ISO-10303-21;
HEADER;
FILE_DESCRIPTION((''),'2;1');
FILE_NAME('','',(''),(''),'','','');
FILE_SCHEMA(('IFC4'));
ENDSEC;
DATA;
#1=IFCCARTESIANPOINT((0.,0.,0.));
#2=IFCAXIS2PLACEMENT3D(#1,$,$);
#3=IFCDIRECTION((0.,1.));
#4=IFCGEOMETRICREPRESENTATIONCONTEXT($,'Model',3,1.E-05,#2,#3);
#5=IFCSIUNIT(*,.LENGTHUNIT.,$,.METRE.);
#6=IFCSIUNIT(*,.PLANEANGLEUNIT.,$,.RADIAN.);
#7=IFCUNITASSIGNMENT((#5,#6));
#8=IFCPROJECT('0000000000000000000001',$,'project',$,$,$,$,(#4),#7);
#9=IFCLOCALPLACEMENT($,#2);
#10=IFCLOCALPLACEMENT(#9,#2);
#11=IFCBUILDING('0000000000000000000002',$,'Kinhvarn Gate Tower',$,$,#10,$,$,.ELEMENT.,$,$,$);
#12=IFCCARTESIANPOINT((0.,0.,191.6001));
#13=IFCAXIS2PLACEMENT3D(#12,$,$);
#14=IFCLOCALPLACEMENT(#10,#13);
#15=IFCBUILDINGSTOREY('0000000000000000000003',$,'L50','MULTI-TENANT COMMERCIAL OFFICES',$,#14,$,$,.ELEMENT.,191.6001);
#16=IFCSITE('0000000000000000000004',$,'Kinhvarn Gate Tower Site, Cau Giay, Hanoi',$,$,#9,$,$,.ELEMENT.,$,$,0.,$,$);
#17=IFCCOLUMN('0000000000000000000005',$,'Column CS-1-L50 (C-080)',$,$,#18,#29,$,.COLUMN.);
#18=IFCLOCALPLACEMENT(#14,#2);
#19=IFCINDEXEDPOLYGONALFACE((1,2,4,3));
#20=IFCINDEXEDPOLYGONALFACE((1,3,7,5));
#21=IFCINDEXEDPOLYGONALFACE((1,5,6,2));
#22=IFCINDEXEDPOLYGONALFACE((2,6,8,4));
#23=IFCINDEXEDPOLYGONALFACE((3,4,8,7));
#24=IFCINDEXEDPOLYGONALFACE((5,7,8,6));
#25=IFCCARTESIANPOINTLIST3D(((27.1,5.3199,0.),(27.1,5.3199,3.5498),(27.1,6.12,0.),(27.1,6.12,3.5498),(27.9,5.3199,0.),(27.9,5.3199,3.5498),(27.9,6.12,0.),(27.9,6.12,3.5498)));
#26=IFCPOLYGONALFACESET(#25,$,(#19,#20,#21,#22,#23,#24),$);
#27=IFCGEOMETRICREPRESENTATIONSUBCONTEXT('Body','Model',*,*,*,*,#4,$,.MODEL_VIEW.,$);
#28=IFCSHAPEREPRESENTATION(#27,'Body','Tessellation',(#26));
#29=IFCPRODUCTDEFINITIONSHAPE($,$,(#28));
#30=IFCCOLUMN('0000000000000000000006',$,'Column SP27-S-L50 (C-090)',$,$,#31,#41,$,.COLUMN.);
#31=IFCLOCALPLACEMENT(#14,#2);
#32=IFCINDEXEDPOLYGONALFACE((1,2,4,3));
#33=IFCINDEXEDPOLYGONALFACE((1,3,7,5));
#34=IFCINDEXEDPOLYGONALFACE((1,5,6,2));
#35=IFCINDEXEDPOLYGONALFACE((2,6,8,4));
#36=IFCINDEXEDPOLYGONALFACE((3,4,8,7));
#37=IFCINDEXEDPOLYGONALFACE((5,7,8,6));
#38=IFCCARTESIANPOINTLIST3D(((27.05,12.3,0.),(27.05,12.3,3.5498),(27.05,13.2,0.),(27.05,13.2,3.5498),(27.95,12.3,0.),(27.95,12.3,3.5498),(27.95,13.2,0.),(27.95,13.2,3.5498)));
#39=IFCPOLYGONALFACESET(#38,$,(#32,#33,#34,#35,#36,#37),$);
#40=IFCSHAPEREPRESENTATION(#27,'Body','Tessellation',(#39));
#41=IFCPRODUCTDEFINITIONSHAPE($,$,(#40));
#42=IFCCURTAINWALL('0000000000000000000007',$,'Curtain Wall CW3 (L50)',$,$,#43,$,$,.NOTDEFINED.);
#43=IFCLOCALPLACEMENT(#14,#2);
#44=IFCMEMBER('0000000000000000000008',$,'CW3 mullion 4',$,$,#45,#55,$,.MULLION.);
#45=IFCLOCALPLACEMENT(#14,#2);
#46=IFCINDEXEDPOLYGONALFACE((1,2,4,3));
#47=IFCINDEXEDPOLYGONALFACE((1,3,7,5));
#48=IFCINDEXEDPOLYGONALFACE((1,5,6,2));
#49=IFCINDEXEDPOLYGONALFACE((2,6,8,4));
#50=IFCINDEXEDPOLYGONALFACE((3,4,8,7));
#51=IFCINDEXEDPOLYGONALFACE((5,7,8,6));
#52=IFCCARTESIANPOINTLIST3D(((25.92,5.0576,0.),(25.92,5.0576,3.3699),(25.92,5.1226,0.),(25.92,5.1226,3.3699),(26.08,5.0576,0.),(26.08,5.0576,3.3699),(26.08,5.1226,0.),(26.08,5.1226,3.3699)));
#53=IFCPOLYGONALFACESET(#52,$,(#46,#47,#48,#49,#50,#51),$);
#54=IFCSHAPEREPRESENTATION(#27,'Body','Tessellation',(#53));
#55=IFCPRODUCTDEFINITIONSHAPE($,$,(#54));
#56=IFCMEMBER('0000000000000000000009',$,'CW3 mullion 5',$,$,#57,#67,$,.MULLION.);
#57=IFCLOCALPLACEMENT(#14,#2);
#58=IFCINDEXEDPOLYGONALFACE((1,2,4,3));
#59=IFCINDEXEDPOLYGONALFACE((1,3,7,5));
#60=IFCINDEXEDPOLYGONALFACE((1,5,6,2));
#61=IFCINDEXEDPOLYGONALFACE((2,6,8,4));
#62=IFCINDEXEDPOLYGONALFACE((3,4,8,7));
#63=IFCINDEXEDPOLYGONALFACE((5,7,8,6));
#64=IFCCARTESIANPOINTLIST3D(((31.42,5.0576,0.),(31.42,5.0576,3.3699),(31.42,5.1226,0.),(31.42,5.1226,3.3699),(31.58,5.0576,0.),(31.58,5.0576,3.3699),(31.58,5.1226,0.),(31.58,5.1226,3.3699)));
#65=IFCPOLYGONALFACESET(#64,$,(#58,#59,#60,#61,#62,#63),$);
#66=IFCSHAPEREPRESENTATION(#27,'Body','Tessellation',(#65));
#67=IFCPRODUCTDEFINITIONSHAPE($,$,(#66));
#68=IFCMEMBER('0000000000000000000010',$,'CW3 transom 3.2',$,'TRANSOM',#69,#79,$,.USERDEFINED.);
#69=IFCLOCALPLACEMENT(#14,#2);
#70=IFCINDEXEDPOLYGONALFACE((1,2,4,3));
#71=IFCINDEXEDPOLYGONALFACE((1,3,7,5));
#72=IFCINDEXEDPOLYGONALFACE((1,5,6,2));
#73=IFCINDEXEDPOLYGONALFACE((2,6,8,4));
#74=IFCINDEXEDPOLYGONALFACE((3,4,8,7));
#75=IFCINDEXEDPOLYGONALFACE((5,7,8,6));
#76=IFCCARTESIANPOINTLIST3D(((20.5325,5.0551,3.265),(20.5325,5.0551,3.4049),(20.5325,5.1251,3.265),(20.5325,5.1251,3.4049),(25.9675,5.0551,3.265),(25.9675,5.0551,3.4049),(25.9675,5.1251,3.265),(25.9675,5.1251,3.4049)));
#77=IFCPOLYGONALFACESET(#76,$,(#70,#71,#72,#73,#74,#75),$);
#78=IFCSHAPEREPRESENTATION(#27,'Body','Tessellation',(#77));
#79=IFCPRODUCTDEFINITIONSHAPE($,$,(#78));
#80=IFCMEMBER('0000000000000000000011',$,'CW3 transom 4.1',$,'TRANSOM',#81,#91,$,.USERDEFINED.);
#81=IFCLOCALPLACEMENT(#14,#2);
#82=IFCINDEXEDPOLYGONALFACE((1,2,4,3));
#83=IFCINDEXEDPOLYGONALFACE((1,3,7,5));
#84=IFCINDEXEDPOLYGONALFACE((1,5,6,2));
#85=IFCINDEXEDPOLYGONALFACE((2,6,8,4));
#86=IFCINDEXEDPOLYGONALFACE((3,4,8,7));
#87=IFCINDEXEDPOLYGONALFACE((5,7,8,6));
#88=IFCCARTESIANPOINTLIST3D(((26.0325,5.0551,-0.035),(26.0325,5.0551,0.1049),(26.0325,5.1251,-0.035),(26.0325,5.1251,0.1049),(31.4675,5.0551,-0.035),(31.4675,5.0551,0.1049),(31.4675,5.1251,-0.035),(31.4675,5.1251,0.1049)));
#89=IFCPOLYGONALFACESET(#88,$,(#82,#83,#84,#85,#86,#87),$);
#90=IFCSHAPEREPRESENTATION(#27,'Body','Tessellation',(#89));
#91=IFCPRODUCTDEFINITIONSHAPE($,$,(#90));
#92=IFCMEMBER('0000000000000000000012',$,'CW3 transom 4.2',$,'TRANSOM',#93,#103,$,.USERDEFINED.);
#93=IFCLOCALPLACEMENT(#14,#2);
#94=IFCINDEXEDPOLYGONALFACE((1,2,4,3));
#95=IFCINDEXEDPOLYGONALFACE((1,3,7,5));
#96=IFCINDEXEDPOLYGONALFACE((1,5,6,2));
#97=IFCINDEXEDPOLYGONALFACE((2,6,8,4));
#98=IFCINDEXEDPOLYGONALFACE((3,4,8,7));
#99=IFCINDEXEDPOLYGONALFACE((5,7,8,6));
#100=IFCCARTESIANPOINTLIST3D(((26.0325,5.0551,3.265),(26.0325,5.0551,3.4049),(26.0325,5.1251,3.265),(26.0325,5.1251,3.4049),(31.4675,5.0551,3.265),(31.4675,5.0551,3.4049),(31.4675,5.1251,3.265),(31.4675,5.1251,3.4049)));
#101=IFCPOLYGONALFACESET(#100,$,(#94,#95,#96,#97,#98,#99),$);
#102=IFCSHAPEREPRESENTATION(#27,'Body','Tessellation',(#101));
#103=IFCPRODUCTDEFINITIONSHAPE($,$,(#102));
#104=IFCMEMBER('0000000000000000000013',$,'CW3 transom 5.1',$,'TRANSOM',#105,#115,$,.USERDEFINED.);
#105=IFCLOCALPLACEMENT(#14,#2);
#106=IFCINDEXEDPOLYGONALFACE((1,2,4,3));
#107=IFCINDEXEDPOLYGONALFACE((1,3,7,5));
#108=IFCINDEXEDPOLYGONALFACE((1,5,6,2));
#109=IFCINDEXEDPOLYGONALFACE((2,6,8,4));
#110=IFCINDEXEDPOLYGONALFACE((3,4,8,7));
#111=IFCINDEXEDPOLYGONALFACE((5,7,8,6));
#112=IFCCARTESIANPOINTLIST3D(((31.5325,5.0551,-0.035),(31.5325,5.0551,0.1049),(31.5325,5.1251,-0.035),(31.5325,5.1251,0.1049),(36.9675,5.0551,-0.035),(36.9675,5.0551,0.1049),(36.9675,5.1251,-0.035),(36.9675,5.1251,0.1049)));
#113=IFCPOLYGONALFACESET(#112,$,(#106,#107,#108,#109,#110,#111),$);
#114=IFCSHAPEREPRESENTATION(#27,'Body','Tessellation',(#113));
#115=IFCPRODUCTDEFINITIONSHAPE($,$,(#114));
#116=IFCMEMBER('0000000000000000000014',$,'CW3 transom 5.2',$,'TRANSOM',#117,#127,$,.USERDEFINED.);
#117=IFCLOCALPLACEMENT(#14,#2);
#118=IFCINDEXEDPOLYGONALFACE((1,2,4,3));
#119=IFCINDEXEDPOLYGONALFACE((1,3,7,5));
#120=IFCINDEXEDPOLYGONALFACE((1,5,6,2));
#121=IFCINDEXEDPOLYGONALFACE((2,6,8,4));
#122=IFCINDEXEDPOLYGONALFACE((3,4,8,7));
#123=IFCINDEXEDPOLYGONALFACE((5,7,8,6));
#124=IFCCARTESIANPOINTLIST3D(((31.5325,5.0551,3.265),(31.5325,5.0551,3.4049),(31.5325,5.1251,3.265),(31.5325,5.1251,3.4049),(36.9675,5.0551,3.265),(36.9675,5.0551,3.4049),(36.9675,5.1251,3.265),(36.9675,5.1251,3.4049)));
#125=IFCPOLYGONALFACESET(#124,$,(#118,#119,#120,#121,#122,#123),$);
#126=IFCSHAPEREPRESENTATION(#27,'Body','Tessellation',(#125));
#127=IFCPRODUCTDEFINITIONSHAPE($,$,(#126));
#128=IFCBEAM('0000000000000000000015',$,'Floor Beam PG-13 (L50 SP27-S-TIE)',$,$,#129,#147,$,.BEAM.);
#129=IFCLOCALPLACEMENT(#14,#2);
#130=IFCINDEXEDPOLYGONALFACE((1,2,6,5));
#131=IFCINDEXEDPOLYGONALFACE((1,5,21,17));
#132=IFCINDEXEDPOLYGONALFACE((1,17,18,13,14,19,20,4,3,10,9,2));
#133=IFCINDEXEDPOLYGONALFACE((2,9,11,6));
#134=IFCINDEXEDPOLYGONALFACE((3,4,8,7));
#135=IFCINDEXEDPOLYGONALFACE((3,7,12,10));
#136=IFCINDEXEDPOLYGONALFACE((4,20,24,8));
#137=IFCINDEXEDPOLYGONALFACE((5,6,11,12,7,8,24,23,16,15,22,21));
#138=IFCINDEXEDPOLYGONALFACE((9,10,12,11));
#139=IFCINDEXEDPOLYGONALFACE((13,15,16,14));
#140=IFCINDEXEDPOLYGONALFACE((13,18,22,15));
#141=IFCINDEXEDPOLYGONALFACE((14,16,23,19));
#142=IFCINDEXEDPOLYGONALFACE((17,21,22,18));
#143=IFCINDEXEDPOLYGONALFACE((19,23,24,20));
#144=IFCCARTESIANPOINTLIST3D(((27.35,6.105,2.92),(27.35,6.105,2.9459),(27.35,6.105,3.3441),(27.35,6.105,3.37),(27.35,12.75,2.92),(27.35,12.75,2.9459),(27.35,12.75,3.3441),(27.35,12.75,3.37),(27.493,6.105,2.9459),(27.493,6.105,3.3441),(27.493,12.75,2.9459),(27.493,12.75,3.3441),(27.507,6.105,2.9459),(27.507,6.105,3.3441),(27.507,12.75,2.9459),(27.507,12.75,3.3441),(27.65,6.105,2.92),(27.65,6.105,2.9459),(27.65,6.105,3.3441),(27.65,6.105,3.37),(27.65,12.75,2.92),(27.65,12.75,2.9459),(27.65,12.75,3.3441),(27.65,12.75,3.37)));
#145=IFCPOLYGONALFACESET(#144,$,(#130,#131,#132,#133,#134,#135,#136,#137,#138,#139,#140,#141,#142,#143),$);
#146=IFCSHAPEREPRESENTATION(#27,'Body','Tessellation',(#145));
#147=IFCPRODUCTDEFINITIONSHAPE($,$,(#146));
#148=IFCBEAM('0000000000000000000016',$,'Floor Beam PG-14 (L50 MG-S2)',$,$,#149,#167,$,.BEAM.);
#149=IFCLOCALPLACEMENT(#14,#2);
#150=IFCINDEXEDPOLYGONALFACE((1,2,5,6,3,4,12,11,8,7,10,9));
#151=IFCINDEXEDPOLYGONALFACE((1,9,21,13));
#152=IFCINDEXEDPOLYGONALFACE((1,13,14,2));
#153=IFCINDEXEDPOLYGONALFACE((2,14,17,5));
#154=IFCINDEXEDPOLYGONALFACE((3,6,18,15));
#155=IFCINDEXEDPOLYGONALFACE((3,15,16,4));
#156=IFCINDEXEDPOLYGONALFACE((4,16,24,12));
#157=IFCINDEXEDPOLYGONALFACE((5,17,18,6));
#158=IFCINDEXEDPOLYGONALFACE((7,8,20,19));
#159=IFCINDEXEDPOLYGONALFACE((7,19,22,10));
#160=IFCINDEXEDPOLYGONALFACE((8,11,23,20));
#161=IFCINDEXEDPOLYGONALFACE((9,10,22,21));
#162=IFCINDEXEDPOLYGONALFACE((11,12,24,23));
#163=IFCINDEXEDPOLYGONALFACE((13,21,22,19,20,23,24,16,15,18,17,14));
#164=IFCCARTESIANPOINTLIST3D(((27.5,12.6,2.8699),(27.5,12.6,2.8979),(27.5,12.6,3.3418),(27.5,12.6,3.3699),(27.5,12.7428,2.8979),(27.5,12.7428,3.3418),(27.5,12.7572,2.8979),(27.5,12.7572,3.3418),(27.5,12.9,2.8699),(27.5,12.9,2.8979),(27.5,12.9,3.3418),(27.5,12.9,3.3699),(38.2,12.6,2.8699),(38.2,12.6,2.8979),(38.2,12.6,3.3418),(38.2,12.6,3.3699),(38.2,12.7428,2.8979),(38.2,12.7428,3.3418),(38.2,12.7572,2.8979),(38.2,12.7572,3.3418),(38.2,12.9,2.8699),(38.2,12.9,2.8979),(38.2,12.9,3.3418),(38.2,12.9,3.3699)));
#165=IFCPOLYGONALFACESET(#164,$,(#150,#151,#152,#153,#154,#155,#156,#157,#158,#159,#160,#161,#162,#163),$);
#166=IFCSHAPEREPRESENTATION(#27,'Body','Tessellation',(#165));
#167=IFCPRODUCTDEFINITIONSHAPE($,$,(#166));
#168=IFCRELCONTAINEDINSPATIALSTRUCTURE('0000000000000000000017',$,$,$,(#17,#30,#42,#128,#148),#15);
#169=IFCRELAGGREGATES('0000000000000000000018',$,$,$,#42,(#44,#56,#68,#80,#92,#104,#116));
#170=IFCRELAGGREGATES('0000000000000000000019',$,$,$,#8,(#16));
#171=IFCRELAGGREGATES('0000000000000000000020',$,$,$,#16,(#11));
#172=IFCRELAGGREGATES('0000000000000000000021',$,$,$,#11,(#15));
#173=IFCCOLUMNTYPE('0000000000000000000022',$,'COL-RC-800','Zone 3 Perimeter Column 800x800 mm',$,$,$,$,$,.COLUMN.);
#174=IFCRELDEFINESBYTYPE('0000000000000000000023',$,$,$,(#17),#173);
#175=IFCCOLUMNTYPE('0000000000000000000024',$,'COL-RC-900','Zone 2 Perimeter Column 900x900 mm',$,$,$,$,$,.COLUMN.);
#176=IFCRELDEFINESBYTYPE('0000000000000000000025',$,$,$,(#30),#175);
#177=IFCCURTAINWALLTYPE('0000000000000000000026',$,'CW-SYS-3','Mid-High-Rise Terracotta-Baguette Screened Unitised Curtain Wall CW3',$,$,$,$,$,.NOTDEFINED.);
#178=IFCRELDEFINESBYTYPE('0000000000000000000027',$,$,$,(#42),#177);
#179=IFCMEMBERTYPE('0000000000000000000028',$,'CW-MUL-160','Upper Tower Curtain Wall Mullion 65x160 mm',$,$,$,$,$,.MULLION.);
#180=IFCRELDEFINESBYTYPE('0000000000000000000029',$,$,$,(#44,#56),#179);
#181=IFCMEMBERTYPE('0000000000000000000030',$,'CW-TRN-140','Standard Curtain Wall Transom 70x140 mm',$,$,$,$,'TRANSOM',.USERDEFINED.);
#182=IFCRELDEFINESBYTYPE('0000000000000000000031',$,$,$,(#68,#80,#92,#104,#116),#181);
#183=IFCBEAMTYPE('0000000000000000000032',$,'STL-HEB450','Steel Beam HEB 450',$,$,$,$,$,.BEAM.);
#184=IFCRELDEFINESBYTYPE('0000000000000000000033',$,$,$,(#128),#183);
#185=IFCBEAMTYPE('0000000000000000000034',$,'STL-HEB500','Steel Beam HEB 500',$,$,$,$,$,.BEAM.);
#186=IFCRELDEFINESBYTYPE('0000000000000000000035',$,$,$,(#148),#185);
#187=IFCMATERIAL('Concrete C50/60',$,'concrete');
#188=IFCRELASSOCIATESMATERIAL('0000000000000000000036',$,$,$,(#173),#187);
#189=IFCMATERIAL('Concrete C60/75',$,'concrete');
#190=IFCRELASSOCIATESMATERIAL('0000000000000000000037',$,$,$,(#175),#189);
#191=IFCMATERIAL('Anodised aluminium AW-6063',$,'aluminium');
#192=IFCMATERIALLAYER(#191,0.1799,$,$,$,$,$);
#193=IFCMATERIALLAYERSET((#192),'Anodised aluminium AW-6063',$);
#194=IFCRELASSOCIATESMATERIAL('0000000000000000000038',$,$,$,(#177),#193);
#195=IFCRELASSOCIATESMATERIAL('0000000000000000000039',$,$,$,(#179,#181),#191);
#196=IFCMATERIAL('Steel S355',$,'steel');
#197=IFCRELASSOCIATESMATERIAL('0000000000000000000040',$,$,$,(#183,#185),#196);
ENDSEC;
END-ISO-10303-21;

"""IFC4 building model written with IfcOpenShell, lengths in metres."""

from ifc_helpers import new_model, si_unit, direction, frame, origin, origin_2d, place, context, subcontext, project, spatial, rectangle, i_section, extrude, material, layer, layer_set, material_profile, profile_set, type_object, element, aggregate, save


model = new_model("IFC4")

# Units and contexts
model_context = context("Model", 3, precision=1e-05, world=origin(), true_north=direction((0.0, 1.0)))
body_context = subcontext(model_context, "Body", "Model", "MODEL_VIEW")
ifc_project = project(units=[si_unit("LENGTHUNIT", "METRE"), si_unit("PLANEANGLEUNIT", "RADIAN")], contexts=[model_context])

# Site, building, storey
site_placement = place(None, origin())
site = spatial("IfcSite", under=ifc_project, at=site_placement, Name="Kinhvarn Gate Tower Site, Cau Giay, Hanoi", CompositionType="ELEMENT", RefElevation=0.0)
building_placement = place(site_placement, origin())
building = spatial("IfcBuilding", under=site, at=building_placement, Name="Kinhvarn Gate Tower", CompositionType="ELEMENT")
storey_placement = place(building_placement, frame((0.0, 0.0, 191.6001)))
storey = spatial("IfcBuildingStorey", under=building, at=storey_placement, Name="L50", Description="MULTI-TENANT COMMERCIAL OFFICES", CompositionType="ELEMENT", Elevation=191.6001)

# Columns
ifc_material_1 = material(Name="Concrete C50/60", Category="concrete")
ifc_material_profile_1 = material_profile(ifc_material_1, rectangle(XDim=0.8, YDim=0.8, at=origin_2d()), Name="RC 800x800")
ifc_profile_set_1 = profile_set([ifc_material_profile_1], Name="Concrete C50/60")
column_type_1 = type_object("IfcColumnType", Name="COL-RC-800", Description="Zone 3 Perimeter Column 800x800 mm", PredefinedType="COLUMN", material=ifc_profile_set_1)
column_1_placement = place(storey_placement, frame((27.5, 5.72, 0.0), z_axis=(0.0, 0.0, 1.0), x_axis=(1.0, 0.0, 0.0)))
element("IfcColumn", 1, at=column_1_placement, inside=storey, type_object=column_type_1, Name="Column CS-1-L50 (C-080)", PredefinedType="COLUMN", context=body_context, shape_type="SweptSolid", body=[
    extrude(rectangle(XDim=0.8, YDim=0.8, at=origin_2d()), origin(), (0.0, 0.0, 1.0), 3.5498),
])
ifc_material_2 = material(Name="Concrete C60/75", Category="concrete")
ifc_material_profile_2 = material_profile(ifc_material_2, rectangle(XDim=0.8999, YDim=0.8999, at=origin_2d()), Name="RC 900x900")
ifc_profile_set_2 = profile_set([ifc_material_profile_2], Name="Concrete C60/75")
column_type_2 = type_object("IfcColumnType", Name="COL-RC-900", Description="Zone 2 Perimeter Column 900x900 mm", PredefinedType="COLUMN", material=ifc_profile_set_2)
column_2_placement = place(storey_placement, frame((27.5, 12.75, 0.0), z_axis=(0.0, 0.0, 1.0), x_axis=(1.0, 0.0, 0.0)))
element("IfcColumn", 2, at=column_2_placement, inside=storey, type_object=column_type_2, Name="Column SP27-S-L50 (C-090)", PredefinedType="COLUMN", context=body_context, shape_type="SweptSolid", body=[
    extrude(rectangle(XDim=0.8999, YDim=0.8999, at=origin_2d()), origin(), (0.0, 0.0, 1.0), 3.5498),
])

# Curtain wall, members
ifc_material_3 = material(Name="Anodised aluminium AW-6063", Category="aluminium")
ifc_layer_1 = layer(ifc_material_3, 0.1799)
ifc_layer_set_1 = layer_set([ifc_layer_1], Name="Anodised aluminium AW-6063")
curtain_wall_type = type_object("IfcCurtainWallType", Name="CW-SYS-3", Description="Mid-High-Rise Terracotta-Baguette Screened Unitised Curtain Wall CW3", PredefinedType="NOTDEFINED", material=ifc_layer_set_1)
curtain_wall_placement = place(storey_placement, origin())
curtain_wall = element("IfcCurtainWall", 3, at=curtain_wall_placement, inside=storey, type_object=curtain_wall_type, Name="Curtain Wall CW3 (L50)", PredefinedType="NOTDEFINED")
ifc_material_profile_3 = material_profile(ifc_material_3, rectangle(XDim=0.0649, YDim=0.1599, at=origin_2d()), Name="ALU 65x160")
ifc_profile_set_3 = profile_set([ifc_material_profile_3], Name="Anodised aluminium AW-6063")
member_type_1 = type_object("IfcMemberType", Name="CW-MUL-160", Description="Upper Tower Curtain Wall Mullion 65x160 mm", PredefinedType="MULLION", material=ifc_profile_set_3)
member_1_placement = place(storey_placement, frame((26.0, 5.0901, 0.0), z_axis=(0.0, 0.0, 1.0), x_axis=(0.0, 1.0, 0.0)))
member_1 = element("IfcMember", 4, at=member_1_placement, type_object=member_type_1, Name="CW3 mullion 4", PredefinedType="MULLION", context=body_context, shape_type="SweptSolid", body=[
    extrude(rectangle(XDim=0.0649, YDim=0.1599, at=origin_2d()), origin(), (0.0, 0.0, 1.0), 3.3699),
])
member_2_placement = place(storey_placement, frame((31.5, 5.0901, 0.0), z_axis=(0.0, 0.0, 1.0), x_axis=(0.0, 1.0, 0.0)))
member_2 = element("IfcMember", 5, at=member_2_placement, type_object=member_type_1, Name="CW3 mullion 5", PredefinedType="MULLION", context=body_context, shape_type="SweptSolid", body=[
    extrude(rectangle(XDim=0.0649, YDim=0.1599, at=origin_2d()), origin(), (0.0, 0.0, 1.0), 3.3699),
])
ifc_material_profile_4 = material_profile(ifc_material_3, rectangle(XDim=0.0701, YDim=0.1399, at=origin_2d()), Name="ALU 70x140")
ifc_profile_set_4 = profile_set([ifc_material_profile_4], Name="Anodised aluminium AW-6063")
member_type_2 = type_object("IfcMemberType", Name="CW-TRN-140", Description="Standard Curtain Wall Transom 70x140 mm", ElementType="TRANSOM", PredefinedType="USERDEFINED", material=ifc_profile_set_4)
member_3_placement = place(storey_placement, frame((20.5325, 5.0901, 3.335), z_axis=(1.0, 0.0, 0.0), x_axis=(0.0, 1.0, 0.0)))
member_3 = element("IfcMember", 6, at=member_3_placement, type_object=member_type_2, Name="CW3 transom 3.2", ObjectType="TRANSOM", PredefinedType="USERDEFINED", context=body_context, shape_type="SweptSolid", body=[
    extrude(rectangle(XDim=0.0701, YDim=0.1399, at=origin_2d()), origin(), (0.0, 0.0, 1.0), 5.4351),
])
member_4_placement = place(storey_placement, frame((26.0325, 5.0901, 0.0349), z_axis=(1.0, 0.0, 0.0), x_axis=(0.0, 1.0, 0.0)))
member_4 = element("IfcMember", 7, at=member_4_placement, type_object=member_type_2, Name="CW3 transom 4.1", ObjectType="TRANSOM", PredefinedType="USERDEFINED", context=body_context, shape_type="SweptSolid", body=[
    extrude(rectangle(XDim=0.0701, YDim=0.1399, at=origin_2d()), origin(), (0.0, 0.0, 1.0), 5.4351),
])
member_5_placement = place(storey_placement, frame((26.0325, 5.0901, 3.335), z_axis=(1.0, 0.0, 0.0), x_axis=(0.0, 1.0, 0.0)))
member_5 = element("IfcMember", 8, at=member_5_placement, type_object=member_type_2, Name="CW3 transom 4.2", ObjectType="TRANSOM", PredefinedType="USERDEFINED", context=body_context, shape_type="SweptSolid", body=[
    extrude(rectangle(XDim=0.0701, YDim=0.1399, at=origin_2d()), origin(), (0.0, 0.0, 1.0), 5.4351),
])
member_6_placement = place(storey_placement, frame((31.5325, 5.0901, 0.0349), z_axis=(1.0, 0.0, 0.0), x_axis=(0.0, 1.0, 0.0)))
member_6 = element("IfcMember", 9, at=member_6_placement, type_object=member_type_2, Name="CW3 transom 5.1", ObjectType="TRANSOM", PredefinedType="USERDEFINED", context=body_context, shape_type="SweptSolid", body=[
    extrude(rectangle(XDim=0.0701, YDim=0.1399, at=origin_2d()), origin(), (0.0, 0.0, 1.0), 5.4351),
])
member_7_placement = place(storey_placement, frame((31.5325, 5.0901, 3.335), z_axis=(1.0, 0.0, 0.0), x_axis=(0.0, 1.0, 0.0)))
member_7 = element("IfcMember", 10, at=member_7_placement, type_object=member_type_2, Name="CW3 transom 5.2", ObjectType="TRANSOM", PredefinedType="USERDEFINED", context=body_context, shape_type="SweptSolid", body=[
    extrude(rectangle(XDim=0.0701, YDim=0.1399, at=origin_2d()), origin(), (0.0, 0.0, 1.0), 5.4351),
])

# Beams
ifc_material_4 = material(Name="Steel S355", Category="steel")
ifc_material_profile_5 = material_profile(ifc_material_4, i_section(OverallWidth=0.3, OverallDepth=0.45, WebThickness=0.0139, FlangeThickness=0.0259, at=origin_2d()), Name="HEB 450")
ifc_profile_set_5 = profile_set([ifc_material_profile_5], Name="Steel S355")
beam_type_1 = type_object("IfcBeamType", Name="STL-HEB450", Description="Steel Beam HEB 450", PredefinedType="BEAM", material=ifc_profile_set_5)
beam_1_placement = place(storey_placement, frame((27.5, 6.105, 3.145), z_axis=(0.0, 1.0, 0.0), x_axis=(-1.0, 0.0, 0.0)))
element("IfcBeam", 11, at=beam_1_placement, inside=storey, type_object=beam_type_1, Name="Floor Beam PG-13 (L50 SP27-S-TIE)", PredefinedType="BEAM", context=body_context, shape_type="SweptSolid", body=[
    extrude(i_section(OverallWidth=0.3, OverallDepth=0.45, WebThickness=0.0139, FlangeThickness=0.0259, at=origin_2d()), origin(), (0.0, 0.0, 1.0), 6.645),
])
ifc_material_profile_6 = material_profile(ifc_material_4, i_section(OverallWidth=0.3, OverallDepth=0.5, WebThickness=0.0144, FlangeThickness=0.0281, at=origin_2d()), Name="HEB 500")
ifc_profile_set_6 = profile_set([ifc_material_profile_6], Name="Steel S355")
beam_type_2 = type_object("IfcBeamType", Name="STL-HEB500", Description="Steel Beam HEB 500", PredefinedType="BEAM", material=ifc_profile_set_6)
beam_2_placement = place(storey_placement, frame((27.5, 12.75, 3.1199), z_axis=(1.0, 0.0, 0.0), x_axis=(0.0, 1.0, 0.0)))
element("IfcBeam", 12, at=beam_2_placement, inside=storey, type_object=beam_type_2, Name="Floor Beam PG-14 (L50 MG-S2)", PredefinedType="BEAM", context=body_context, shape_type="SweptSolid", body=[
    extrude(i_section(OverallWidth=0.3, OverallDepth=0.5, WebThickness=0.0144, FlangeThickness=0.0281, at=origin_2d()), origin(), (0.0, 0.0, 1.0), 10.7),
])

aggregate(curtain_wall, [member_1, member_2, member_3, member_4, member_5, member_6, member_7])

save(model, "model.ifc")
